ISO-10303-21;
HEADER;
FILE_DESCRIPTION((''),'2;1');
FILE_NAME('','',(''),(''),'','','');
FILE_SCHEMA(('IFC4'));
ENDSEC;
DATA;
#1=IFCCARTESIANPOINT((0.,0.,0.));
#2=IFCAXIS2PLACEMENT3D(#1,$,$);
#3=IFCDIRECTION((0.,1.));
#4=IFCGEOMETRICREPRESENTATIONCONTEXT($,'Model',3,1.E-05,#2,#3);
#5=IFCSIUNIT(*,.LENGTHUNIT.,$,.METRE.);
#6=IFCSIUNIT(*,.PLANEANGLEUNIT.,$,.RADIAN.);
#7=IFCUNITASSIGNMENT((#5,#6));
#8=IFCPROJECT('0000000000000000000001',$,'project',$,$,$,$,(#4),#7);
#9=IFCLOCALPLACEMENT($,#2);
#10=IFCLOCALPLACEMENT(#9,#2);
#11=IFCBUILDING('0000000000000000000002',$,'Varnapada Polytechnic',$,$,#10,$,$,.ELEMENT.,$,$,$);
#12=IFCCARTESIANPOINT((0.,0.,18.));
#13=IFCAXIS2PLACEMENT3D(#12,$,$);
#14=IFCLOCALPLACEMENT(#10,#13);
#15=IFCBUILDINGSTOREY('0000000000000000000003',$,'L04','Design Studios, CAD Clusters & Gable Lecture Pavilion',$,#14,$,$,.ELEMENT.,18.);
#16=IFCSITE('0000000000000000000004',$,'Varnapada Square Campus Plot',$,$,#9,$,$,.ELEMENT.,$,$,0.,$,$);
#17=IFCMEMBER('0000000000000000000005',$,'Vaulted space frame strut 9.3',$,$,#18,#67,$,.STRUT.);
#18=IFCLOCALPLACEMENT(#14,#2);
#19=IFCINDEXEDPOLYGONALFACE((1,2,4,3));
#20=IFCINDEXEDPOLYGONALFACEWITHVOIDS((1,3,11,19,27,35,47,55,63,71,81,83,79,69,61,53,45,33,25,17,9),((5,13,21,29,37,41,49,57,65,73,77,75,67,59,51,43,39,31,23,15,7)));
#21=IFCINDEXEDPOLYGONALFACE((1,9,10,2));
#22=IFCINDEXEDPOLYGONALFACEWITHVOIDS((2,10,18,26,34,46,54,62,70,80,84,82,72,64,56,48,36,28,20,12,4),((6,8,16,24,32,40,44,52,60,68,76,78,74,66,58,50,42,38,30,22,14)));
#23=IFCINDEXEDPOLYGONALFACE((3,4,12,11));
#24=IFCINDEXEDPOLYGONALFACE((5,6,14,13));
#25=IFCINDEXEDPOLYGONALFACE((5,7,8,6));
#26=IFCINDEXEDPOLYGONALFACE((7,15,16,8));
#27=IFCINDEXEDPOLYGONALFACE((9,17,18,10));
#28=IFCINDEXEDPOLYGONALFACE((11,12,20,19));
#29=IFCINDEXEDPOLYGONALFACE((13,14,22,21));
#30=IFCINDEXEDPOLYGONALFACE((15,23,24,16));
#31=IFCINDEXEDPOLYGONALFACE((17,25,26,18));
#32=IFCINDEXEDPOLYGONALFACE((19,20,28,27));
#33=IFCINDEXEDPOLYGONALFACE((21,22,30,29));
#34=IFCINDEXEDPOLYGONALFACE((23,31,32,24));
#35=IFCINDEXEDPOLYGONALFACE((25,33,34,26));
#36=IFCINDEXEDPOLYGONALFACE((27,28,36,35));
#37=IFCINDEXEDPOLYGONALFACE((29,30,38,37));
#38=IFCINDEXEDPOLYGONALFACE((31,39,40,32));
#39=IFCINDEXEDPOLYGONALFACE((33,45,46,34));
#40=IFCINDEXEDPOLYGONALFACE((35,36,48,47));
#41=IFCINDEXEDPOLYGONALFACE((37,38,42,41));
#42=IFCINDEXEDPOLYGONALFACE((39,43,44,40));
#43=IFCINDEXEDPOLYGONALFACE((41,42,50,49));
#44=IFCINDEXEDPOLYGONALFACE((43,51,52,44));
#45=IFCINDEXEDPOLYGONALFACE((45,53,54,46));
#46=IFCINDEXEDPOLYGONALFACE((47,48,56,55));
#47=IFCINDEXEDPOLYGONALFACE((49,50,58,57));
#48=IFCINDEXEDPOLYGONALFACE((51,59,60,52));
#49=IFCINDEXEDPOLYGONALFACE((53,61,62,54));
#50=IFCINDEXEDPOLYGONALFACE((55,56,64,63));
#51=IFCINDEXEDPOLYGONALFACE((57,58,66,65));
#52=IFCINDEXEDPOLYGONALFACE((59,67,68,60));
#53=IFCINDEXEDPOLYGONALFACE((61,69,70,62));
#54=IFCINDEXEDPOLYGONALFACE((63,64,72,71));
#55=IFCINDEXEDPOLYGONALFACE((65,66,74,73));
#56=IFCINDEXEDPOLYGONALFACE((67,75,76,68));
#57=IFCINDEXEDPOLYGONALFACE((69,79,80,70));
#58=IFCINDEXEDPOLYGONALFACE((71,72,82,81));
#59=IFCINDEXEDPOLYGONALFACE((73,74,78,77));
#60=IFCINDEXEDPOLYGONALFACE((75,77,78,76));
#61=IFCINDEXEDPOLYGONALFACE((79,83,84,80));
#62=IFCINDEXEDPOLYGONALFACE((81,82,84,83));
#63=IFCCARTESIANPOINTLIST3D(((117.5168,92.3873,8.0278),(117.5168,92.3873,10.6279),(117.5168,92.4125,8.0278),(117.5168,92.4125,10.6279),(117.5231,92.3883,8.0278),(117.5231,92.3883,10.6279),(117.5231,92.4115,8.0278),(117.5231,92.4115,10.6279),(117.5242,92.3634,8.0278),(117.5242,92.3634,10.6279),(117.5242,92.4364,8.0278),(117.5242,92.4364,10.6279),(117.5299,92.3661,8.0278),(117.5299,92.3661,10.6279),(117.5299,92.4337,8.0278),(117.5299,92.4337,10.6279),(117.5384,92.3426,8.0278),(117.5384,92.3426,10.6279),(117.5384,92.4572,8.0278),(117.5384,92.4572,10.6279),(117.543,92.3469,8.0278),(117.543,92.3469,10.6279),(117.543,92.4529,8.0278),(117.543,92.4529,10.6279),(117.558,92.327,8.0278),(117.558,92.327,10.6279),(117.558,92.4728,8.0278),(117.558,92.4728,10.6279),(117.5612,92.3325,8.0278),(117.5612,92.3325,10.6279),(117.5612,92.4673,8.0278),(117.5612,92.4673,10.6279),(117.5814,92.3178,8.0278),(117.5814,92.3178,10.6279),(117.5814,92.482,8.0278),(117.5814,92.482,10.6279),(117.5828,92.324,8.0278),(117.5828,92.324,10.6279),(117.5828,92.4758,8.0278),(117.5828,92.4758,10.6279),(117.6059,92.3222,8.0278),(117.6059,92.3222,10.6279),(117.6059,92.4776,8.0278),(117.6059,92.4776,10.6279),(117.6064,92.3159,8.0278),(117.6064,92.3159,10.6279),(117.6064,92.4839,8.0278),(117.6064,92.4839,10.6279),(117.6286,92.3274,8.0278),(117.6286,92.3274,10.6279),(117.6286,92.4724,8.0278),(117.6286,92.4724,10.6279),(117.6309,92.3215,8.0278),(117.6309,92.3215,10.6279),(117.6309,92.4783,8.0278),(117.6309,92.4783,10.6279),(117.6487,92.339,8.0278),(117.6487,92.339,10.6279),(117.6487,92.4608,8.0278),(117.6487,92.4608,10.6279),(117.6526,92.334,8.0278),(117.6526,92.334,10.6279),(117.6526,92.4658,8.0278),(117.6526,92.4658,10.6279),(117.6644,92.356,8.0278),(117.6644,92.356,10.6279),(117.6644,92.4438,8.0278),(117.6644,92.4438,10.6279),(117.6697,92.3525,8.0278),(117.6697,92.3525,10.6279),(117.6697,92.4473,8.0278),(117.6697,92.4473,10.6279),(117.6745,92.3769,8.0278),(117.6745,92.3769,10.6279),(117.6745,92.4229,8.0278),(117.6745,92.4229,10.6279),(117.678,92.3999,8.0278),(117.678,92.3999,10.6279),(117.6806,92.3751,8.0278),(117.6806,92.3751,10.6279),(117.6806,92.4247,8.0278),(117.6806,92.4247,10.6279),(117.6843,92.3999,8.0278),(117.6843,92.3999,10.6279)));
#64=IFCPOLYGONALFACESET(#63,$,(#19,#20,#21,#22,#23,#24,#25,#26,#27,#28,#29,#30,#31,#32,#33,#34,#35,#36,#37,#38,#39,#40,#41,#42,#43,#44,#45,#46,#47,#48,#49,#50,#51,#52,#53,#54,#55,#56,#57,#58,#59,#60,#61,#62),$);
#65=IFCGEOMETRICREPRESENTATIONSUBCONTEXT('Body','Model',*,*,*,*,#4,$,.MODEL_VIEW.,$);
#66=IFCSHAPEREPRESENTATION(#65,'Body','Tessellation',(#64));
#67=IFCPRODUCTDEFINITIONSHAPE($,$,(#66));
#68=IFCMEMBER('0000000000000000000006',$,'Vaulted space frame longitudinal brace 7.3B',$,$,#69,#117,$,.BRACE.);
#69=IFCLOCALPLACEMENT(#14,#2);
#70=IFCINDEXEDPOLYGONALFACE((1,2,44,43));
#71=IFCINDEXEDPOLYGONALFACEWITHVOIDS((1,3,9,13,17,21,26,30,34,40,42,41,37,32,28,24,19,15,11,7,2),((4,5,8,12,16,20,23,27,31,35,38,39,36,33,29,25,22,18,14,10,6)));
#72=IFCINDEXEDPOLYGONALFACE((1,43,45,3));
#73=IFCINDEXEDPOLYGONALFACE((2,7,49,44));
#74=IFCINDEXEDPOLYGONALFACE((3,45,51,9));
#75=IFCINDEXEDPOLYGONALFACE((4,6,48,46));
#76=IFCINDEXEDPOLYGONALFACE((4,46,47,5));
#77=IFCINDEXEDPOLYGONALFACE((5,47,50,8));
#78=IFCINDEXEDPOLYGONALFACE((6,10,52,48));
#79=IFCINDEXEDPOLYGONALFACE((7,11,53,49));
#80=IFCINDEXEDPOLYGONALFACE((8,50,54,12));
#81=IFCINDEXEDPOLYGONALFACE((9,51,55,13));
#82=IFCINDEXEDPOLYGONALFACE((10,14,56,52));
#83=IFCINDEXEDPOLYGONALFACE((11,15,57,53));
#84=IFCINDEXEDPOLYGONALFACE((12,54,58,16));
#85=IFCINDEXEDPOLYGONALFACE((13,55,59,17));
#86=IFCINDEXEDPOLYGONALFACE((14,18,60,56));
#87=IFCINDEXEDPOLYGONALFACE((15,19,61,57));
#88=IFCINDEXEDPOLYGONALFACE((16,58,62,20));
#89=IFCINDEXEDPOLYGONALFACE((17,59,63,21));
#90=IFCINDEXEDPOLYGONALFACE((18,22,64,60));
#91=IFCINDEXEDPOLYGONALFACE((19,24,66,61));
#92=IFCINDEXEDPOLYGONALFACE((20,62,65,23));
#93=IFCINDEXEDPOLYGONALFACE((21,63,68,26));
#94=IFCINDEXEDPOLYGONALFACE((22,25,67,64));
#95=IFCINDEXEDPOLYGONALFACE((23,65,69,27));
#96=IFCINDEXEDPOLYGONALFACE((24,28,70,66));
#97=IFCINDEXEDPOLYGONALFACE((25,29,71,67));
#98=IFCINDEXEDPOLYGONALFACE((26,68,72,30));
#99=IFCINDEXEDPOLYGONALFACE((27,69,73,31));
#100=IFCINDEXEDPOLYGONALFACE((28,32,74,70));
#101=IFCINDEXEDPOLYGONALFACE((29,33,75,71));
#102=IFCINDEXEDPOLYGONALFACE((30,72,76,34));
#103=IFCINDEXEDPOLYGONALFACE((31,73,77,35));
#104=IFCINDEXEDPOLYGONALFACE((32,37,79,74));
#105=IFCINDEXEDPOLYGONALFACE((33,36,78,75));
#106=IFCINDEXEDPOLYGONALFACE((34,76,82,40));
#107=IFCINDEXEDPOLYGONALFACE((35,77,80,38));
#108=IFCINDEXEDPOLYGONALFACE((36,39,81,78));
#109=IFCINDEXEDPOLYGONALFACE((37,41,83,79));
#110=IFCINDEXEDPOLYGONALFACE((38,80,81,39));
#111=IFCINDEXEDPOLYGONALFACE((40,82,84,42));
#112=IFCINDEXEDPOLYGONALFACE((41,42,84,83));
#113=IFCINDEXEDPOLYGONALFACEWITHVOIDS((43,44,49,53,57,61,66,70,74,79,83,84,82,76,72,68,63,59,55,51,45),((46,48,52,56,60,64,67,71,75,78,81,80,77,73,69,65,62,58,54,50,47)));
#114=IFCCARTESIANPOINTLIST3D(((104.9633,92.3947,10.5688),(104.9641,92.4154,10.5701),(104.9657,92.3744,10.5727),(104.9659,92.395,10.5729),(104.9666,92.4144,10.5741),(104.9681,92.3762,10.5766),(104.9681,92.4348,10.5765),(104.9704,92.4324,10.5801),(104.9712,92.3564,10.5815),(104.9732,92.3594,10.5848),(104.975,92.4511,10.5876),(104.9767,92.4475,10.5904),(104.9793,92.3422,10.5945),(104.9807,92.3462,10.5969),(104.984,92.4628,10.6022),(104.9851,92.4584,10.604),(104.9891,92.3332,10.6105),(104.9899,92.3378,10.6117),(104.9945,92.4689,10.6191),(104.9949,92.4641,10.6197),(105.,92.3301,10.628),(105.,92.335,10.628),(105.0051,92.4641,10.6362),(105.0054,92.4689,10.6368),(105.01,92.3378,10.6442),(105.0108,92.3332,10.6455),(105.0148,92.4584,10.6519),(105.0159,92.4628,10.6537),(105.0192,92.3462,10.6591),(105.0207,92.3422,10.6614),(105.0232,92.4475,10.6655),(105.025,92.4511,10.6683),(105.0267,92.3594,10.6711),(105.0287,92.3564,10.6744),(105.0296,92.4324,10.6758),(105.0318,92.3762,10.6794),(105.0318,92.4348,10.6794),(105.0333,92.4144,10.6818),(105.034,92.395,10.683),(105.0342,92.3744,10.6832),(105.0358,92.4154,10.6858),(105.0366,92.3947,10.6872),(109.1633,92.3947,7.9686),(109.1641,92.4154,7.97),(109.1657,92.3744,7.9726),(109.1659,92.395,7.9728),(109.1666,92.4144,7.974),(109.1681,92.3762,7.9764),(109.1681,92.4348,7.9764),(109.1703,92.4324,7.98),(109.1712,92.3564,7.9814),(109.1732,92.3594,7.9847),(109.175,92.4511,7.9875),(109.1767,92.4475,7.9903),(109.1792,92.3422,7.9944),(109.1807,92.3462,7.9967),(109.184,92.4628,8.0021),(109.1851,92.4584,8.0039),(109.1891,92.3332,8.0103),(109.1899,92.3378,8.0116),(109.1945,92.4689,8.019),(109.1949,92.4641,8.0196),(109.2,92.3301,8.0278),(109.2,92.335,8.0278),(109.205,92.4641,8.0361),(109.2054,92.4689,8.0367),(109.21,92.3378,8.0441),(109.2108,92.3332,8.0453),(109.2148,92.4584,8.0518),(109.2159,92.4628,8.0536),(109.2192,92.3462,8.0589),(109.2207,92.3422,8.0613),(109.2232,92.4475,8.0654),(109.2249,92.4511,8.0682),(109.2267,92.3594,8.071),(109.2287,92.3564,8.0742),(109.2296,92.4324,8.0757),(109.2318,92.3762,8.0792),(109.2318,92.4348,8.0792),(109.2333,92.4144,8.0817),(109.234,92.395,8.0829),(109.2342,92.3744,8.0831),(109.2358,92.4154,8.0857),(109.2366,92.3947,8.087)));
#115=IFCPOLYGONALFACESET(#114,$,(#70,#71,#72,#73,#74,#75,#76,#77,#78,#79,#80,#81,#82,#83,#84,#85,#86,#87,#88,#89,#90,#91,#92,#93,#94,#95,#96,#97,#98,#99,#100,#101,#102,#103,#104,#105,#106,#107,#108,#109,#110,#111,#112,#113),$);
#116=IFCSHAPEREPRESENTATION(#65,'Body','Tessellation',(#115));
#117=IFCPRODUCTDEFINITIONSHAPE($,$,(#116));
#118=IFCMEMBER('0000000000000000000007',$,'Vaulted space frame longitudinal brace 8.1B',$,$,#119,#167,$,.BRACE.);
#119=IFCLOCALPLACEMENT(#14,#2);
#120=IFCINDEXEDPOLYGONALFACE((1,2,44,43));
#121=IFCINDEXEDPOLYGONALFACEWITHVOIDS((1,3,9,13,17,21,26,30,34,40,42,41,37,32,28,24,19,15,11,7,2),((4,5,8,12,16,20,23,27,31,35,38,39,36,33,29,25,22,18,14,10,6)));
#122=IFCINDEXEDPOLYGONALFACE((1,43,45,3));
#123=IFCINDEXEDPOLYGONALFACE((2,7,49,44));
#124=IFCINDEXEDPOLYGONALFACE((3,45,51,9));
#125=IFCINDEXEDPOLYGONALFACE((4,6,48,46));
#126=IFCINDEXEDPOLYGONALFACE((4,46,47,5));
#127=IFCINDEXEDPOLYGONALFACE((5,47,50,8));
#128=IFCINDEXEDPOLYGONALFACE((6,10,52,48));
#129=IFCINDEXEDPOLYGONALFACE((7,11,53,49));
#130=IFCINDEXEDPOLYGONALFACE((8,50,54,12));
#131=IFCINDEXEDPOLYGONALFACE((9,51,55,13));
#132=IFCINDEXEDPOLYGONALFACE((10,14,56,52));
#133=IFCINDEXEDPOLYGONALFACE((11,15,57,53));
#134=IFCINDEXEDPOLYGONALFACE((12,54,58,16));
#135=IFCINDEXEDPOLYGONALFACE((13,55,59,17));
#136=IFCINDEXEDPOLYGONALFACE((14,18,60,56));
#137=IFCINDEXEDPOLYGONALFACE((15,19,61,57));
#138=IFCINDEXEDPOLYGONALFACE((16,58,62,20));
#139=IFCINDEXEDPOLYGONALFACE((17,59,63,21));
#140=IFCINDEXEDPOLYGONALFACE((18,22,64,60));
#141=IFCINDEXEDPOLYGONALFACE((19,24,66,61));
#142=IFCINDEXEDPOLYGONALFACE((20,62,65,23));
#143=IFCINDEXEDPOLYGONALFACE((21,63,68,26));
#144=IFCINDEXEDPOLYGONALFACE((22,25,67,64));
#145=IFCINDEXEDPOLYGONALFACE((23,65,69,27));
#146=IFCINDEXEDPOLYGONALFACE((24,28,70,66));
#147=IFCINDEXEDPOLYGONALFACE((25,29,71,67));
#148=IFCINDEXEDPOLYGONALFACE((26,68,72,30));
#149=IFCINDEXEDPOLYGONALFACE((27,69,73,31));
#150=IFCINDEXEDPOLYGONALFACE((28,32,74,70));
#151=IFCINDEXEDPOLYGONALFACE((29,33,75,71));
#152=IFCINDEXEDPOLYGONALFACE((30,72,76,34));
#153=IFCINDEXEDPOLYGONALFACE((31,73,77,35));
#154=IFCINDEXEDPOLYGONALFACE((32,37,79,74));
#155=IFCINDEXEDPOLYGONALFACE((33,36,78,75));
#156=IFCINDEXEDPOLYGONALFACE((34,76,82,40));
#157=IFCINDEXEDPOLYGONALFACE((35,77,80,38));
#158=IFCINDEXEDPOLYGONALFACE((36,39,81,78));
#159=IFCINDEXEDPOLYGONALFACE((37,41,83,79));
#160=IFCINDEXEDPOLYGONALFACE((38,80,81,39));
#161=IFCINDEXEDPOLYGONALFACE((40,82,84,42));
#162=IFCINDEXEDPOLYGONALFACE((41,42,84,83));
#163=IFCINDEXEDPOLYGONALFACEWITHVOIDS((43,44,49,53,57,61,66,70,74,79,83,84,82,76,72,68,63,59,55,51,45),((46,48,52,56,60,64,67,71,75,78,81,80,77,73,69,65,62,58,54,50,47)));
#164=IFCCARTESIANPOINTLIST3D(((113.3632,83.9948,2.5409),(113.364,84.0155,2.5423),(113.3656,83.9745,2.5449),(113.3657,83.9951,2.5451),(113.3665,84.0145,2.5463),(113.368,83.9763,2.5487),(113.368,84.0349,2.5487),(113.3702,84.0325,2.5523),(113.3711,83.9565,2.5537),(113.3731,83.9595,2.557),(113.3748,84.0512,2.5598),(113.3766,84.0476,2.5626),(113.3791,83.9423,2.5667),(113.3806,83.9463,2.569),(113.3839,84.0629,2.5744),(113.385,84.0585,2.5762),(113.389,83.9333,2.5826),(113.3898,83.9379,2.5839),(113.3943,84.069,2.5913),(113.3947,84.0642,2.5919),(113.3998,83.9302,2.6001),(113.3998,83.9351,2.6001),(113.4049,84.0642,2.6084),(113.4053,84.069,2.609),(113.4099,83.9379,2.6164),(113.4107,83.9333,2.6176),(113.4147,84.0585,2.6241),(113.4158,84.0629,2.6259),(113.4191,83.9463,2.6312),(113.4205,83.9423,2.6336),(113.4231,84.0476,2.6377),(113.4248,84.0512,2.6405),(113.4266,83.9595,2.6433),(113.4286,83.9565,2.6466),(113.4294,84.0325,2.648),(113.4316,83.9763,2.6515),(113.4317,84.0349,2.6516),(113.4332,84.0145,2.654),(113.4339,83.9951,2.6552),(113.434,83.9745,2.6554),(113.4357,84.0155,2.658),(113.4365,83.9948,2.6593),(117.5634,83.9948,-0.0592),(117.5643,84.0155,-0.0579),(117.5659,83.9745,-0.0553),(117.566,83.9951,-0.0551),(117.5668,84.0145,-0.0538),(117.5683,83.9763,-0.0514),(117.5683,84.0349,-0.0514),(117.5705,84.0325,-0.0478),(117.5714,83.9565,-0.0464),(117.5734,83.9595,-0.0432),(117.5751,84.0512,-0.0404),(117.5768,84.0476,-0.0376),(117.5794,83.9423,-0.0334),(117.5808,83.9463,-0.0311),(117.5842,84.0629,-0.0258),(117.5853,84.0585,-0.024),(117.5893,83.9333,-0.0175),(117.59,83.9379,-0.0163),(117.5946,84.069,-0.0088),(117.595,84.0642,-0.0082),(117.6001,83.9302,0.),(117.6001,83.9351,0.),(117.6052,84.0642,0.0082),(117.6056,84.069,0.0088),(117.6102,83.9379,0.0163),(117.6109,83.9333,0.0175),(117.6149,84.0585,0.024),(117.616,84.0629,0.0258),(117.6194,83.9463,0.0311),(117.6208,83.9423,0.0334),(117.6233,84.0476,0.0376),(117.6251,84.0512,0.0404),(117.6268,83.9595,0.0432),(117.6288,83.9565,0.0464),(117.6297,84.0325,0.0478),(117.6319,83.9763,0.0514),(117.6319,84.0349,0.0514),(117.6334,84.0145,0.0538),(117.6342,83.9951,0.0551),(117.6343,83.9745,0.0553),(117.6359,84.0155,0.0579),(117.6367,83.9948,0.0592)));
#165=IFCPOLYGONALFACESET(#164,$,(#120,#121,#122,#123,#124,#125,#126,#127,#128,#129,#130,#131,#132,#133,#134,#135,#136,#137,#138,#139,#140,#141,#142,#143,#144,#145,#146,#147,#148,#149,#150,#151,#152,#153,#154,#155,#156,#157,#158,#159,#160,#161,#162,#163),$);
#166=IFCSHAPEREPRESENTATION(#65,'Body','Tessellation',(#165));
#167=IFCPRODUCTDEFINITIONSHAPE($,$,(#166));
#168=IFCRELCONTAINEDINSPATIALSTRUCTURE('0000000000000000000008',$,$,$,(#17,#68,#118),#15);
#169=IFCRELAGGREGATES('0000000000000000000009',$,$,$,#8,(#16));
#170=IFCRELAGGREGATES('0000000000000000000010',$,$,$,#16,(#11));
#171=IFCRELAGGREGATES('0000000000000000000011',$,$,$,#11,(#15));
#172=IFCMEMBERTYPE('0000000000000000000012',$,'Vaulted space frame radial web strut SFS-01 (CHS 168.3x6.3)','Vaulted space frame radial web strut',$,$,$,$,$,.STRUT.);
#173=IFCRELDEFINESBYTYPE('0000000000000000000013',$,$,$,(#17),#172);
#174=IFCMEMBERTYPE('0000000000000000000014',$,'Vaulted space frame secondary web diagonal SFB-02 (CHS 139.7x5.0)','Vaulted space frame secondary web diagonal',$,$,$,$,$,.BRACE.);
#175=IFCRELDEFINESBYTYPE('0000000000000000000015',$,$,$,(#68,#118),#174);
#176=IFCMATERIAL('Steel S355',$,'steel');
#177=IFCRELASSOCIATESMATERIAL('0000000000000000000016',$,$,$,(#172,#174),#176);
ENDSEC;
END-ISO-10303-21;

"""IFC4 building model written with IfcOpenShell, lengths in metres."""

from ifc_helpers import new_model, si_unit, direction, frame, origin, origin_2d, place, context, subcontext, project, spatial, hollow_circle, extrude, material, material_profile, profile_set, type_object, element, save


model = new_model("IFC4")

# Units and contexts
model_context = context("Model", 3, precision=1e-05, world=origin(), true_north=direction((0.0, 1.0)))
body_context = subcontext(model_context, "Body", "Model", "MODEL_VIEW")
ifc_project = project(units=[si_unit("LENGTHUNIT", "METRE"), si_unit("PLANEANGLEUNIT", "RADIAN")], contexts=[model_context])

# Site, building, storey
site_placement = place(None, origin())
site = spatial("IfcSite", under=ifc_project, at=site_placement, Name="Varnapada Square Campus Plot", CompositionType="ELEMENT", RefElevation=0.0)
building_placement = place(site_placement, origin())
building = spatial("IfcBuilding", under=site, at=building_placement, Name="Varnapada Polytechnic", CompositionType="ELEMENT")
storey_placement = place(building_placement, frame((0.0, 0.0, 18.0)))
storey = spatial("IfcBuildingStorey", under=building, at=storey_placement, Name="L04", Description="Design Studios, CAD Clusters & Gable Lecture Pavilion", CompositionType="ELEMENT", Elevation=18.0)

# Shared definitions
ifc_material = material(Name="Steel S355", Category="steel")

# Members
ifc_material_profile_1 = material_profile(ifc_material, hollow_circle(Radius=0.0842, WallThickness=0.0063, at=origin_2d()), Name="CHS 168.3x6.3")
ifc_profile_set_1 = profile_set([ifc_material_profile_1], Name="Steel S355")
member_type_1 = type_object("IfcMemberType", Name="Vaulted space frame radial web strut SFS-01 (CHS 168.3x6.3)", Description="Vaulted space frame radial web strut", PredefinedType="STRUT", material=ifc_profile_set_1)
member_1_placement = place(storey_placement, frame((117.6001, 92.3999, 8.0278), z_axis=(0.0, 0.0, 1.0), x_axis=(1.0, 0.0, 0.0)))
element("IfcMember", 1, at=member_1_placement, inside=storey, type_object=member_type_1, Name="Vaulted space frame strut 9.3", PredefinedType="STRUT", context=body_context, shape_type="SweptSolid", body=[
    extrude(hollow_circle(Radius=0.0842, WallThickness=0.0063, at=origin_2d()), origin(), (0.0, 0.0, 1.0), 2.6001),
])
ifc_material_profile_2 = material_profile(ifc_material, hollow_circle(Radius=0.0698, WallThickness=0.0049, at=origin_2d()), Name="CHS 139.7x5.0")
ifc_profile_set_2 = profile_set([ifc_material_profile_2], Name="Steel S355")
member_type_2 = type_object("IfcMemberType", Name="Vaulted space frame secondary web diagonal SFB-02 (CHS 139.7x5.0)", Description="Vaulted space frame secondary web diagonal", PredefinedType="BRACE", material=ifc_profile_set_2)
member_2_placement = place(storey_placement, frame((109.2, 92.3999, 8.0278), z_axis=(-0.850254, 0.0, 0.526373), x_axis=(0.0, -1.0, 0.0)))
element("IfcMember", 2, at=member_2_placement, inside=storey, type_object=member_type_2, Name="Vaulted space frame longitudinal brace 7.3B", PredefinedType="BRACE", context=body_context, shape_type="SweptSolid", body=[
    extrude(hollow_circle(Radius=0.0698, WallThickness=0.0049, at=origin_2d()), origin(), (0.0, 0.0, 1.0), 4.9397),
])
member_3_placement = place(storey_placement, frame((117.6001, 84.0, 0.0), z_axis=(-0.850267, 0.0, 0.526351), x_axis=(0.0, -1.0, 0.0)))
element("IfcMember", 3, at=member_3_placement, inside=storey, type_object=member_type_2, Name="Vaulted space frame longitudinal brace 8.1B", PredefinedType="BRACE", context=body_context, shape_type="SweptSolid", body=[
    extrude(hollow_circle(Radius=0.0698, WallThickness=0.0049, at=origin_2d()), origin(), (0.0, 0.0, 1.0), 4.9399),
])

save(model, "model.ifc")
